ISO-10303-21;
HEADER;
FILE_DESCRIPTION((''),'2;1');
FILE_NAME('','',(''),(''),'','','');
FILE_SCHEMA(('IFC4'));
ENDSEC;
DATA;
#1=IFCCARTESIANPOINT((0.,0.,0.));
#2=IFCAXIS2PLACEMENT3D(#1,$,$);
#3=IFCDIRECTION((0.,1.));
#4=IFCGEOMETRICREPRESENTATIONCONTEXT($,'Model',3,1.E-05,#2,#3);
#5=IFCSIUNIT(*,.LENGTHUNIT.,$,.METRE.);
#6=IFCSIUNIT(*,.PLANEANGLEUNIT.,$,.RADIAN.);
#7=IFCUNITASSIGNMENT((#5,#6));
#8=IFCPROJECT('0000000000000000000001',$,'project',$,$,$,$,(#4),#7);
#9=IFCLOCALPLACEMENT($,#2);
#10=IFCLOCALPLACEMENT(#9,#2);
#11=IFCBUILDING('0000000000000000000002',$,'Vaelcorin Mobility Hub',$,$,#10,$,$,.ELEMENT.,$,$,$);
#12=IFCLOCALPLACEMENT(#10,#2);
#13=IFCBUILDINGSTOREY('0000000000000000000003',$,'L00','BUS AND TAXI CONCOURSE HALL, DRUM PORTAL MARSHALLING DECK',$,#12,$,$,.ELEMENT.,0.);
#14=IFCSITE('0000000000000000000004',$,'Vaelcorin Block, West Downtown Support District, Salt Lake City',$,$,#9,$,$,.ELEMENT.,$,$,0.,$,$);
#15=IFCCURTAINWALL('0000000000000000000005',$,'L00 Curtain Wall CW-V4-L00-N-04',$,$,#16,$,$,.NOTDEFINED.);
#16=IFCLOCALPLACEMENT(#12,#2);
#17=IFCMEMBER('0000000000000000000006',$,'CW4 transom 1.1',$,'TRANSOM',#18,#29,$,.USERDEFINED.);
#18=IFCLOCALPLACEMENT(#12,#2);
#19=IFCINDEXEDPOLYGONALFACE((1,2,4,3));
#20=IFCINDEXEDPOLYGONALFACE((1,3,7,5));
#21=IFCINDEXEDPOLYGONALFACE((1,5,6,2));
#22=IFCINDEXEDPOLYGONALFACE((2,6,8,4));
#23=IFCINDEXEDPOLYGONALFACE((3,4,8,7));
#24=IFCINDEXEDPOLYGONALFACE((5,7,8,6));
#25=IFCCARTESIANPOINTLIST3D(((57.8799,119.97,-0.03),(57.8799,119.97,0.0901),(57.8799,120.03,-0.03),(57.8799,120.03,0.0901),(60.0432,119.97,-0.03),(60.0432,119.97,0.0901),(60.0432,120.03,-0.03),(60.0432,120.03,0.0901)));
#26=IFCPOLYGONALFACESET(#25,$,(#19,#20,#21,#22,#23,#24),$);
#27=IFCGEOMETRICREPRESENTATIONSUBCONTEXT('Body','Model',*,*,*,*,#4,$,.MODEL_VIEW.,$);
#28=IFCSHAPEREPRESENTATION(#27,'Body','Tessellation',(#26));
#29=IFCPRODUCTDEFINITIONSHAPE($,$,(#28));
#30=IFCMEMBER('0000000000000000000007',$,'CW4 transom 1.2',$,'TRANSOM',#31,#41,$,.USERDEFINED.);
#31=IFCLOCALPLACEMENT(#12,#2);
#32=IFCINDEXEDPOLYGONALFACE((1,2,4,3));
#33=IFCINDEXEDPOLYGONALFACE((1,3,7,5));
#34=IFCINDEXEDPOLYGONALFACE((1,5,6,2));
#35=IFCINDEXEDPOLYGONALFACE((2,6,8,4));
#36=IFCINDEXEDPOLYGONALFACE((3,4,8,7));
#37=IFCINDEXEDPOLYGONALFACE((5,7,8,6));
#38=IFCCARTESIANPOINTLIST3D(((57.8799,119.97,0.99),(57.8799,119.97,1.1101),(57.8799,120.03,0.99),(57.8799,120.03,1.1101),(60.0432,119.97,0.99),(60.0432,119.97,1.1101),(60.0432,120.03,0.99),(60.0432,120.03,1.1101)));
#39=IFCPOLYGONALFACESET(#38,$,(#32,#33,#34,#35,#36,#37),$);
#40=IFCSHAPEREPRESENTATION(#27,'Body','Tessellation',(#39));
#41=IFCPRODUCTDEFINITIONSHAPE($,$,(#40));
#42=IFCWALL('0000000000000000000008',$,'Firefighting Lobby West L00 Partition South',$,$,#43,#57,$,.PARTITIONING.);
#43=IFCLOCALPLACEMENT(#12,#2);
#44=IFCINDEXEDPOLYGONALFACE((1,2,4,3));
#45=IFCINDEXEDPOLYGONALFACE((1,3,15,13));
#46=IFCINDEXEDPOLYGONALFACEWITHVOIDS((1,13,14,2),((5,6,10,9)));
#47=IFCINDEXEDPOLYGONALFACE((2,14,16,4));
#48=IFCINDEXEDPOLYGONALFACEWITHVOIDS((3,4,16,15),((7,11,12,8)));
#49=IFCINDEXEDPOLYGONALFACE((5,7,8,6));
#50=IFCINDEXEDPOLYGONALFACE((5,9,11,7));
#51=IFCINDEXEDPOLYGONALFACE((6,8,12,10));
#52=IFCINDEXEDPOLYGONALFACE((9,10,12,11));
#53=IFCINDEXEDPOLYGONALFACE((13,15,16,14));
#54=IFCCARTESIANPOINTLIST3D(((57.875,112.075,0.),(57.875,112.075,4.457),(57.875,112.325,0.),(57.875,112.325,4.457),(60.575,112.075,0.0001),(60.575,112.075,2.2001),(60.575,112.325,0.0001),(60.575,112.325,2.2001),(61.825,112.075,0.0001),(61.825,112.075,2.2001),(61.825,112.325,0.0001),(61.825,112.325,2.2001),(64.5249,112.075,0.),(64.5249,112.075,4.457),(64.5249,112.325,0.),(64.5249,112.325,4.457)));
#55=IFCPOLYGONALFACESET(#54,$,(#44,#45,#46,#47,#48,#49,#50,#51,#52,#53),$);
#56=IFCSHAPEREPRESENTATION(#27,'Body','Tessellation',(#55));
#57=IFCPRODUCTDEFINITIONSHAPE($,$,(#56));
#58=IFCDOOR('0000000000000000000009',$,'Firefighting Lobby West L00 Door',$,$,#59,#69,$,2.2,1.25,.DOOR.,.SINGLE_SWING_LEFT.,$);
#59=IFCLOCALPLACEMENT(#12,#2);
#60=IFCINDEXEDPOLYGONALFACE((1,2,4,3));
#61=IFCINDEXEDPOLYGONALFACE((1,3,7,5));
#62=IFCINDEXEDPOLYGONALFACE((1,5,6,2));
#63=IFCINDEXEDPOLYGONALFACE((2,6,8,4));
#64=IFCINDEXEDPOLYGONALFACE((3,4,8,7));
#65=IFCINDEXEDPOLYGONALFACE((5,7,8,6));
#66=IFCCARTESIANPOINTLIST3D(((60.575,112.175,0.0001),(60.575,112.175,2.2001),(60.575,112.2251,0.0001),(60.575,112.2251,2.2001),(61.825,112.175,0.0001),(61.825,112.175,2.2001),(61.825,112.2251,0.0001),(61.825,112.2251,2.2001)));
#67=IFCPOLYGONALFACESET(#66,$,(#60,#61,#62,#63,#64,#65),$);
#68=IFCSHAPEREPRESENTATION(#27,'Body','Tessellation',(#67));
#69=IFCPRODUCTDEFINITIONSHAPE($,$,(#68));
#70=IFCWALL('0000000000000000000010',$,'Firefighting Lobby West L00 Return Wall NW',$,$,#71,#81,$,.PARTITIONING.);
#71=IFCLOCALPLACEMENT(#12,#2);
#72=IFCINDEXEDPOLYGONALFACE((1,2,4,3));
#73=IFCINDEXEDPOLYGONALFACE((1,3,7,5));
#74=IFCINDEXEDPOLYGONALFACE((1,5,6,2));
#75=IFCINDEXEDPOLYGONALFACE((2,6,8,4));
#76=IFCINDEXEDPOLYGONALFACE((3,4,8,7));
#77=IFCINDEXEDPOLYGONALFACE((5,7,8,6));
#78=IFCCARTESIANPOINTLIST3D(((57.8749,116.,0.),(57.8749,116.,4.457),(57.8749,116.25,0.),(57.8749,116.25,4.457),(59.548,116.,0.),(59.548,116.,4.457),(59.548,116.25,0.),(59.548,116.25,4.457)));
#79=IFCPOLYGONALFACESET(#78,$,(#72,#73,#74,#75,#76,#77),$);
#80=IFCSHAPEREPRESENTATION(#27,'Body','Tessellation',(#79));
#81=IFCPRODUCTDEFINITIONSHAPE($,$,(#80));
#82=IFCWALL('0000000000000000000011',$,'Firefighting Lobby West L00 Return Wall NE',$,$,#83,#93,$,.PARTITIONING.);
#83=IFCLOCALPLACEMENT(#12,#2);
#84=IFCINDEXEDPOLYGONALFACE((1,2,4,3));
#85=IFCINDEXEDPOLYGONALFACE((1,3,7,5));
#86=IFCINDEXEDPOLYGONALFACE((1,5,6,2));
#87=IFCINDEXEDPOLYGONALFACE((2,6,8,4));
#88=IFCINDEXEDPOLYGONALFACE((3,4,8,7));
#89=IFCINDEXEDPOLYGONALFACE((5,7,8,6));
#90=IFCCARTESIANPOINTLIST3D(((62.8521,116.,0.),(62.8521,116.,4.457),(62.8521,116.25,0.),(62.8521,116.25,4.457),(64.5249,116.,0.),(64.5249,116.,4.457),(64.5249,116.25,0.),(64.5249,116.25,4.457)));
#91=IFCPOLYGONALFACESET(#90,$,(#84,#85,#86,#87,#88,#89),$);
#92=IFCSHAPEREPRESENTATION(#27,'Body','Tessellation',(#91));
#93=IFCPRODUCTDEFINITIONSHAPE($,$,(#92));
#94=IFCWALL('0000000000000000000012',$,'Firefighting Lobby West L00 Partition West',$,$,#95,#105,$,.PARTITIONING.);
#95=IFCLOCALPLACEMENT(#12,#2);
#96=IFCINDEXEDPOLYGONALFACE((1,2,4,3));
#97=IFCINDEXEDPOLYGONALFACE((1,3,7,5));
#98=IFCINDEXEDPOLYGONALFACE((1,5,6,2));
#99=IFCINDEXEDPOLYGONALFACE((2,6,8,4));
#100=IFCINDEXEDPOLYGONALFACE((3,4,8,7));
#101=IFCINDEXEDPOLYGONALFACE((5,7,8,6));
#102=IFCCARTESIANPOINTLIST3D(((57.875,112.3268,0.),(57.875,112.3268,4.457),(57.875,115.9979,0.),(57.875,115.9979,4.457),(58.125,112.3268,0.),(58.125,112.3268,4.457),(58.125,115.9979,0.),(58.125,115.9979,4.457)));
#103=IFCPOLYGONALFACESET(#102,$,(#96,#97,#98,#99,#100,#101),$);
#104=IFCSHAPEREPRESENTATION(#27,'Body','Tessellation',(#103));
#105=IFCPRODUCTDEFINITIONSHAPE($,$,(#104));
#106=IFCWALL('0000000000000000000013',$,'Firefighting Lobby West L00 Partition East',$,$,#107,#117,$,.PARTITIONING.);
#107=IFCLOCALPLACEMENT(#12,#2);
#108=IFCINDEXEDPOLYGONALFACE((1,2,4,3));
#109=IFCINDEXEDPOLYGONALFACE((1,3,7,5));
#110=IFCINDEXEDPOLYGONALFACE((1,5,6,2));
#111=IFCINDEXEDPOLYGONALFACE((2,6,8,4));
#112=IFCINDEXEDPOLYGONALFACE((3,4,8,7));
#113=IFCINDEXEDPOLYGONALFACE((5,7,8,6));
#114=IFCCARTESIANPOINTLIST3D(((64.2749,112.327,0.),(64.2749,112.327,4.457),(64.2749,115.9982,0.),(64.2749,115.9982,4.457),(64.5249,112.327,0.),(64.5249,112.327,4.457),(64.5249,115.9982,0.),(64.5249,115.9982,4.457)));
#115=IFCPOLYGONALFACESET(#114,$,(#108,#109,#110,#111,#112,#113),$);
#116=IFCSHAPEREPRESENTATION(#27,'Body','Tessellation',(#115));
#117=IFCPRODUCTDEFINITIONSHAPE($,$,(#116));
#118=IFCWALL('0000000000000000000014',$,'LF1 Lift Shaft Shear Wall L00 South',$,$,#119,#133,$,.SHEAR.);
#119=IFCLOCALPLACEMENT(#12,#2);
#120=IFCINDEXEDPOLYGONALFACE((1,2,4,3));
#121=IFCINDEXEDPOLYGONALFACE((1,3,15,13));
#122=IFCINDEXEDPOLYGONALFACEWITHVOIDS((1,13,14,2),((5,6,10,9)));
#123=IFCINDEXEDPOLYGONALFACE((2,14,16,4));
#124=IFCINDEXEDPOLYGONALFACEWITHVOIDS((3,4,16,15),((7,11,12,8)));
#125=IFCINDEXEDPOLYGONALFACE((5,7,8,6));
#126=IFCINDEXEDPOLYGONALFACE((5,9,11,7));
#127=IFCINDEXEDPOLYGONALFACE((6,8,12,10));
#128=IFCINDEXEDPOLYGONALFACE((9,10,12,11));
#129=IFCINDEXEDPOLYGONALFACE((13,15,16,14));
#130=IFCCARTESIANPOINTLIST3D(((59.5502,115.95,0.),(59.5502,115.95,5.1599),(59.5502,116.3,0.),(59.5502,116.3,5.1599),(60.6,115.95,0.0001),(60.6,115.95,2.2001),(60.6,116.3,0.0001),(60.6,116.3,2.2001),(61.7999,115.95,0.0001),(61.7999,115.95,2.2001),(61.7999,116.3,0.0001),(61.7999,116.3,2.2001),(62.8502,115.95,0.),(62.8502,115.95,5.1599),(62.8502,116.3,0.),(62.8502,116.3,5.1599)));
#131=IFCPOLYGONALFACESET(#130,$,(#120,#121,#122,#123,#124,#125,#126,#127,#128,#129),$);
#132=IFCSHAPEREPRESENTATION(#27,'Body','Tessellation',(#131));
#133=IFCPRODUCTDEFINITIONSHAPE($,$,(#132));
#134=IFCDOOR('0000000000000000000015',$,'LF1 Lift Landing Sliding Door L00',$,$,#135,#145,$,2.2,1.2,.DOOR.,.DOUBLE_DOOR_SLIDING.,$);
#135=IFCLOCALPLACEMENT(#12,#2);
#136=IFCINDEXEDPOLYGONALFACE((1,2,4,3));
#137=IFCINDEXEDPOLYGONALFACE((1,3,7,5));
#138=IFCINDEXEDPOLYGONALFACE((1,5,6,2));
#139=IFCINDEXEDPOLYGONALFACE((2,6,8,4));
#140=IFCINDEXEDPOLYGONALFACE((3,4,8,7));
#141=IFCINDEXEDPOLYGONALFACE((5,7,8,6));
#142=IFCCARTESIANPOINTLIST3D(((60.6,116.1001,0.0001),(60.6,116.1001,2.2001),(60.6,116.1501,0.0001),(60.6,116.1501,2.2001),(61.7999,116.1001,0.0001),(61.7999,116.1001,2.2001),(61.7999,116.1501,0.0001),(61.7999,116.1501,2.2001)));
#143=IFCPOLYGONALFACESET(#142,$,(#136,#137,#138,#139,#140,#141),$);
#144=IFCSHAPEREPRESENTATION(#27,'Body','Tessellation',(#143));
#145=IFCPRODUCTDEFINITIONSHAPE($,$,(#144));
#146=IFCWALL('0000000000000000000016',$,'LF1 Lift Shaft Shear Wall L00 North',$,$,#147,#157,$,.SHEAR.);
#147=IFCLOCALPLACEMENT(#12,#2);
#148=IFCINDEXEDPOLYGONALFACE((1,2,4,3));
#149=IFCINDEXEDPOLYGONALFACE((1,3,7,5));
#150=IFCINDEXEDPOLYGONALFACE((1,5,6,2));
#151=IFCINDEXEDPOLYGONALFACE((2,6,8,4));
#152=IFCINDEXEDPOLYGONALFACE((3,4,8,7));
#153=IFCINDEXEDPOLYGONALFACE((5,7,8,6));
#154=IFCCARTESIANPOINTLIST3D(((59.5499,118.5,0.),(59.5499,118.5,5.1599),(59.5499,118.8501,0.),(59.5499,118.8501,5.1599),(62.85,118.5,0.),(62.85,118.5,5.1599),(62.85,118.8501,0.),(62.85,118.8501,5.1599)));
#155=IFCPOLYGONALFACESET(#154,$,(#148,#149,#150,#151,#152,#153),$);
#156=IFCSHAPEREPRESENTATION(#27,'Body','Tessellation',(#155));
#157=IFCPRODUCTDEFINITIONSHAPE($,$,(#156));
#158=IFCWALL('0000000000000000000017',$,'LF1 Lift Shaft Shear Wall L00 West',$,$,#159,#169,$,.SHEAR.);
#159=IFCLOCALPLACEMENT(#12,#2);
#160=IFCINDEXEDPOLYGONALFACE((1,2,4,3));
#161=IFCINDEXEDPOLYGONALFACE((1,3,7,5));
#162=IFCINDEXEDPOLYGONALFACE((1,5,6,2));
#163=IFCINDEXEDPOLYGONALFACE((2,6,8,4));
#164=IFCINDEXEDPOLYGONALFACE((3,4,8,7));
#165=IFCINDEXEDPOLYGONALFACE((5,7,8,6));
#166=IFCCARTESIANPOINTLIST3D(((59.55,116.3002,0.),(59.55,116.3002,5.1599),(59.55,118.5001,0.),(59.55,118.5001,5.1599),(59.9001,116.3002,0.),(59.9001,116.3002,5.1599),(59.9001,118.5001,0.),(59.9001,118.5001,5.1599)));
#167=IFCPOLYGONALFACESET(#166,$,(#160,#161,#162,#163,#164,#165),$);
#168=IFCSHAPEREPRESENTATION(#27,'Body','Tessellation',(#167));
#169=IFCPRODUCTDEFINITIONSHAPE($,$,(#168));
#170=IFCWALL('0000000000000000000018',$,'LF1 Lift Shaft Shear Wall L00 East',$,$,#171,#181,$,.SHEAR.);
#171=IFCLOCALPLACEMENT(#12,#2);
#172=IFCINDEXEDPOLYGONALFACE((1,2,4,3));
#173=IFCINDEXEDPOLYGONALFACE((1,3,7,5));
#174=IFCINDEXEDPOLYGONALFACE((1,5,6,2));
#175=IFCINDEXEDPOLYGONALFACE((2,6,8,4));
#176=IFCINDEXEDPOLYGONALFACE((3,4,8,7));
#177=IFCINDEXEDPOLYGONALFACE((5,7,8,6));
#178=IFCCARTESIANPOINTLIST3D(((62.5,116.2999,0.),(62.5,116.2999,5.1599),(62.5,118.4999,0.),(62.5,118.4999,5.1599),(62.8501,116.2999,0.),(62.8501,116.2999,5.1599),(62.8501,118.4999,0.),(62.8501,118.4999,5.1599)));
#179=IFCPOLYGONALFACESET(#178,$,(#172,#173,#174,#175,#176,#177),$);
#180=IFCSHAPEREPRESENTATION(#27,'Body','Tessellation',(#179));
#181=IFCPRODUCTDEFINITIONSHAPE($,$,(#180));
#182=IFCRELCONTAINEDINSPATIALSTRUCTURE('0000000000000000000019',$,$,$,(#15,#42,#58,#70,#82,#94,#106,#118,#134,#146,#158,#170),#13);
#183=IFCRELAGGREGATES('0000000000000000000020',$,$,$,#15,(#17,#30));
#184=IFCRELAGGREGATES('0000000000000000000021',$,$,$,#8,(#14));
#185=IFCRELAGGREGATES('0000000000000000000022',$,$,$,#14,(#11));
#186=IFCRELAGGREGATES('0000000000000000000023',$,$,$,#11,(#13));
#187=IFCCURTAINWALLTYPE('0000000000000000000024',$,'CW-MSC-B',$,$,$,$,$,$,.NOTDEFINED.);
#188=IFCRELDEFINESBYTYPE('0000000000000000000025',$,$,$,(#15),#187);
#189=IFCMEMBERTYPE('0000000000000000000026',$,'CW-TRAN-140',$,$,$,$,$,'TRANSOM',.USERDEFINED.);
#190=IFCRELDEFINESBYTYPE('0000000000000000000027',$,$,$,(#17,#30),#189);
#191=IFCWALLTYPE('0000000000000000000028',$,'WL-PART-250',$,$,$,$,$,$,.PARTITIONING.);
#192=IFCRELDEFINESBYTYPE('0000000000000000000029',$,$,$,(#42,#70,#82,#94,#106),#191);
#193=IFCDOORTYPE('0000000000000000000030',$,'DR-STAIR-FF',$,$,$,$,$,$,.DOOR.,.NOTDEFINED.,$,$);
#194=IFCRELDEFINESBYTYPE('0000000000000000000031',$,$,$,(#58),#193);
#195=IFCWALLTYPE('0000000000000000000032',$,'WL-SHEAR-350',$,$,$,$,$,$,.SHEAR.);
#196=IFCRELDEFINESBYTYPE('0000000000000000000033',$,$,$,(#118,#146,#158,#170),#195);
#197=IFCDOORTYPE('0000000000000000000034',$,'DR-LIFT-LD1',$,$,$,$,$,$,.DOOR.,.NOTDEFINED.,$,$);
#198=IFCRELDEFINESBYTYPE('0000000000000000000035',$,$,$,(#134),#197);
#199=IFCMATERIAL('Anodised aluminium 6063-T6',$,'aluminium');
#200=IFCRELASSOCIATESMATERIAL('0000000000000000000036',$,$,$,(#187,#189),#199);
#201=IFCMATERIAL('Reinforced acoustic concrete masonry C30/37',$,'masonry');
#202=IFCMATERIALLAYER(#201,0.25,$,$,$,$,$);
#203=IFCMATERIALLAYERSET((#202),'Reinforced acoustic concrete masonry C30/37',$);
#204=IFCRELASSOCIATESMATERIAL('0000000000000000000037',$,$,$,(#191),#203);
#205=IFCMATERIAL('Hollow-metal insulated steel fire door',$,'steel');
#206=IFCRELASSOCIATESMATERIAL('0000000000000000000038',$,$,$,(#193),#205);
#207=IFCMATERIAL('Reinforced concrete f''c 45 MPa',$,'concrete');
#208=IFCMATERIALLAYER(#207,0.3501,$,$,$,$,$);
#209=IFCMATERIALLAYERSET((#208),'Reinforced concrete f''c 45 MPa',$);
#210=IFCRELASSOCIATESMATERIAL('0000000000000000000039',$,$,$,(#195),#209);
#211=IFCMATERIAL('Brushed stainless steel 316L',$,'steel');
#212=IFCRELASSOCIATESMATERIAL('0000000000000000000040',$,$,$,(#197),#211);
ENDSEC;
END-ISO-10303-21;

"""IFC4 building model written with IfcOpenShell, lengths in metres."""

from ifc_helpers import new_model, si_unit, direction, frame, frame_2d, origin, origin_2d, place, context, subcontext, project, spatial, rectangle, extrude, material, layer, layer_set, material_profile, profile_set, type_object, element, fill, aggregate, save


model = new_model("IFC4")

# Units and contexts
model_context = context("Model", 3, precision=1e-05, world=origin(), true_north=direction((0.0, 1.0)))
body_context = subcontext(model_context, "Body", "Model", "MODEL_VIEW")
ifc_project = project(units=[si_unit("LENGTHUNIT", "METRE"), si_unit("PLANEANGLEUNIT", "RADIAN")], contexts=[model_context])

# Site, building, storey
site_placement = place(None, origin())
site = spatial("IfcSite", under=ifc_project, at=site_placement, Name="Vaelcorin Block, West Downtown Support District, Salt Lake City", CompositionType="ELEMENT", RefElevation=0.0)
building_placement = place(site_placement, origin())
building = spatial("IfcBuilding", under=site, at=building_placement, Name="Vaelcorin Mobility Hub", CompositionType="ELEMENT")
storey_placement = place(building_placement, origin())
storey = spatial("IfcBuildingStorey", under=building, at=storey_placement, Name="L00", Description="BUS AND TAXI CONCOURSE HALL, DRUM PORTAL MARSHALLING DECK", CompositionType="ELEMENT", Elevation=0.0)

# Curtain wall, members
ifc_material_1 = material(Name="Anodised aluminium 6063-T6", Category="aluminium")
curtain_wall_type = type_object("IfcCurtainWallType", Name="CW-MSC-B", PredefinedType="NOTDEFINED", material=ifc_material_1)
curtain_wall_placement = place(storey_placement, origin())
curtain_wall = element("IfcCurtainWall", 1, at=curtain_wall_placement, inside=storey, type_object=curtain_wall_type, Name="L00 Curtain Wall CW-V4-L00-N-04", PredefinedType="NOTDEFINED")
ifc_material_profile_1 = material_profile(ifc_material_1, rectangle(XDim=0.0601, YDim=0.1201, at=origin_2d()), Name="ALU-T60X120")
ifc_profile_set_1 = profile_set([ifc_material_profile_1], Name="Anodised aluminium 6063-T6")
member_type_1 = type_object("IfcMemberType", Name="CW-TRAN-140", ElementType="TRANSOM", PredefinedType="USERDEFINED", material=ifc_profile_set_1)
member_1_placement = place(storey_placement, frame((57.8799, 120.0, 0.03), z_axis=(1.0, 0.0, 0.0), x_axis=(0.0, 1.0, 0.0)))
member_1 = element("IfcMember", 2, at=member_1_placement, type_object=member_type_1, Name="CW4 transom 1.1", ObjectType="TRANSOM", PredefinedType="USERDEFINED", context=body_context, shape_type="SweptSolid", body=[
    extrude(rectangle(XDim=0.0601, YDim=0.1201, at=origin_2d()), origin(), (0.0, 0.0, 1.0), 2.1633),
])
member_2_placement = place(storey_placement, frame((57.8799, 120.0, 1.05), z_axis=(1.0, 0.0, 0.0), x_axis=(0.0, 1.0, 0.0)))
member_2 = element("IfcMember", 3, at=member_2_placement, type_object=member_type_1, Name="CW4 transom 1.2", ObjectType="TRANSOM", PredefinedType="USERDEFINED", context=body_context, shape_type="SweptSolid", body=[
    extrude(rectangle(XDim=0.0601, YDim=0.1201, at=origin_2d()), origin(), (0.0, 0.0, 1.0), 2.1633),
])
aggregate(curtain_wall, [member_1, member_2])

# Wall, opening, door
ifc_material_2 = material(Name="Reinforced acoustic concrete masonry C30/37", Category="masonry")
ifc_layer_1 = layer(ifc_material_2, 0.25)
ifc_layer_set_1 = layer_set([ifc_layer_1], Name="Reinforced acoustic concrete masonry C30/37")
wall_type_1 = type_object("IfcWallType", Name="WL-PART-250", PredefinedType="PARTITIONING", material=ifc_layer_set_1)
wall_1_placement = place(storey_placement, frame((64.5249, 112.2, 0.0), z_axis=(0.0, 0.0, 1.0), x_axis=(-1.0, 0.0, 0.0)))
wall_1 = element("IfcWall", 4, at=wall_1_placement, inside=storey, type_object=wall_type_1, Name="Firefighting Lobby West L00 Partition South", PredefinedType="PARTITIONING", context=body_context, shape_type="SweptSolid", body=[
    extrude(rectangle(XDim=6.6499, YDim=0.25, at=frame_2d((3.325, 0.0))), origin(), (0.0, 0.0, 1.0), 4.457),
])
opening_1_placement = place(wall_1_placement, frame((2.7, 0.0, 0.0)))
opening_1 = element("IfcOpeningElement", 5, at=opening_1_placement, cuts=wall_1, PredefinedType="OPENING", context=body_context, shape_type="SweptSolid", body=[
    extrude(rectangle(XDim=1.25, YDim=2.2, at=frame_2d((0.625, 1.1001))), frame((0.0, 0.135, 0.0), z_axis=(0.0, -1.0, 0.0), x_axis=(1.0, 0.0, 0.0)), (0.0, 0.0, 1.0), 0.27),
])
ifc_material_3 = material(Name="Hollow-metal insulated steel fire door", Category="steel")
door_type_1 = type_object("IfcDoorType", Name="DR-STAIR-FF", OperationType="NOTDEFINED", PredefinedType="DOOR", material=ifc_material_3)
door_1_placement = place(opening_1_placement, origin())
door_1 = element("IfcDoor", 6, at=door_1_placement, inside=storey, type_object=door_type_1, Name="Firefighting Lobby West L00 Door", OperationType="SINGLE_SWING_LEFT", OverallHeight=2.2, OverallWidth=1.25, PredefinedType="DOOR", context=body_context, shape_type="SweptSolid", body=[
    extrude(rectangle(XDim=1.25, YDim=2.2, at=frame_2d((0.625, 1.1001))), frame((0.0, 0.0249, 0.0), z_axis=(0.0, -1.0, 0.0), x_axis=(1.0, 0.0, 0.0)), (0.0, 0.0, 1.0), 0.05),
])
fill(opening_1, door_1)

# Walls
wall_2_placement = place(storey_placement, frame((57.875, 116.125, 0.0), z_axis=(0.0, 0.0, 1.0), x_axis=(1.0, 0.0, 0.0)))
element("IfcWall", 7, at=wall_2_placement, inside=storey, type_object=wall_type_1, Name="Firefighting Lobby West L00 Return Wall NW", PredefinedType="PARTITIONING", context=body_context, shape_type="SweptSolid", body=[
    extrude(rectangle(XDim=1.6731, YDim=0.25, at=frame_2d((0.8364, 0.0))), origin(), (0.0, 0.0, 1.0), 4.457),
])
wall_3_placement = place(storey_placement, frame((62.8521, 116.125, 0.0), z_axis=(0.0, 0.0, 1.0), x_axis=(1.0, 0.0, 0.0)))
element("IfcWall", 8, at=wall_3_placement, inside=storey, type_object=wall_type_1, Name="Firefighting Lobby West L00 Return Wall NE", PredefinedType="PARTITIONING", context=body_context, shape_type="SweptSolid", body=[
    extrude(rectangle(XDim=1.6729, YDim=0.25, at=frame_2d((0.8364, 0.0))), origin(), (0.0, 0.0, 1.0), 4.457),
])
for number, where, z_axis, x_axis, name in (
    (9, (58.0, 112.3269, 0.0), (0.0, 0.0, 1.0), (0.0, 1.0, 0.0), "Firefighting Lobby West L00 Partition West"),
    (10, (64.3999, 115.998, 0.0), (0.0, 0.0, 1.0), (0.0, -1.0, 0.0), "Firefighting Lobby West L00 Partition East"),
):
    element("IfcWall", number, at=place(storey_placement, frame(where, z_axis=z_axis, x_axis=x_axis)), inside=storey, type_object=wall_type_1, Name=name, PredefinedType="PARTITIONING", context=body_context, shape_type="SweptSolid", body=[
        extrude(rectangle(XDim=3.6711, YDim=0.25, at=frame_2d((1.8354, 0.0))), origin(), (0.0, 0.0, 1.0), 4.457),
    ])

# Wall, opening, door
ifc_material_4 = material(Name="Reinforced concrete f'c 45 MPa", Category="concrete")
ifc_layer_2 = layer(ifc_material_4, 0.3501)
ifc_layer_set_2 = layer_set([ifc_layer_2], Name="Reinforced concrete f'c 45 MPa")
wall_type_2 = type_object("IfcWallType", Name="WL-SHEAR-350", PredefinedType="SHEAR", material=ifc_layer_set_2)
wall_4_placement = place(storey_placement, frame((62.8501, 116.125, 0.0), z_axis=(0.0, 0.0, 1.0), x_axis=(-1.0, 0.0, 0.0)))
wall_4 = element("IfcWall", 11, at=wall_4_placement, inside=storey, type_object=wall_type_2, Name="LF1 Lift Shaft Shear Wall L00 South", PredefinedType="SHEAR", context=body_context, shape_type="SweptSolid", body=[
    extrude(rectangle(XDim=3.3, YDim=0.3501, at=frame_2d((1.6499, 0.0))), origin(), (0.0, 0.0, 1.0), 5.1599),
])
opening_2_placement = place(wall_4_placement, frame((1.05, 0.0, 0.0)))
opening_2 = element("IfcOpeningElement", 12, at=opening_2_placement, cuts=wall_4, PredefinedType="OPENING", context=body_context, shape_type="SweptSolid", body=[
    extrude(rectangle(XDim=1.2, YDim=2.2, at=frame_2d((0.6001, 1.1001))), frame((0.0, 0.1851, 0.0), z_axis=(0.0, -1.0, 0.0), x_axis=(1.0, 0.0, 0.0)), (0.0, 0.0, 1.0), 0.3701),
])
ifc_material_5 = material(Name="Brushed stainless steel 316L", Category="steel")
door_type_2 = type_object("IfcDoorType", Name="DR-LIFT-LD1", OperationType="NOTDEFINED", PredefinedType="DOOR", material=ifc_material_5)
door_2_placement = place(opening_2_placement, origin())
door_2 = element("IfcDoor", 13, at=door_2_placement, inside=storey, type_object=door_type_2, Name="LF1 Lift Landing Sliding Door L00", OperationType="DOUBLE_DOOR_SLIDING", OverallHeight=2.2, OverallWidth=1.2, PredefinedType="DOOR", context=body_context, shape_type="SweptSolid", body=[
    extrude(rectangle(XDim=1.2, YDim=2.2, at=frame_2d((0.6001, 1.1001))), frame((0.0, 0.0249, 0.0), z_axis=(0.0, -1.0, 0.0), x_axis=(1.0, 0.0, 0.0)), (0.0, 0.0, 1.0), 0.05),
])
fill(opening_2, door_2)

# Walls
wall_5_placement = place(storey_placement, frame((59.55, 118.675, 0.0), z_axis=(0.0, 0.0, 1.0), x_axis=(1.0, 0.0, 0.0)))
element("IfcWall", 14, at=wall_5_placement, inside=storey, type_object=wall_type_2, Name="LF1 Lift Shaft Shear Wall L00 North", PredefinedType="SHEAR", context=body_context, shape_type="SweptSolid", body=[
    extrude(rectangle(XDim=3.3, YDim=0.3501, at=frame_2d((1.6499, 0.0))), origin(), (0.0, 0.0, 1.0), 5.1599),
])
for number, where, z_axis, x_axis, name in (
    (15, (59.7251, 116.3, 0.0), (0.0, 0.0, 1.0), (0.0, 1.0, 0.0), "LF1 Lift Shaft Shear Wall L00 West"),
    (16, (62.675, 118.5, 0.0), (0.0, 0.0, 1.0), (0.0, -1.0, 0.0), "LF1 Lift Shaft Shear Wall L00 East"),
):
    element("IfcWall", number, at=place(storey_placement, frame(where, z_axis=z_axis, x_axis=x_axis)), inside=storey, type_object=wall_type_2, Name=name, PredefinedType="SHEAR", context=body_context, shape_type="SweptSolid", body=[
        extrude(rectangle(XDim=2.2, YDim=0.3501, at=frame_2d((1.1001, 0.0))), origin(), (0.0, 0.0, 1.0), 5.1599),
    ])

save(model, "model.ifc")
